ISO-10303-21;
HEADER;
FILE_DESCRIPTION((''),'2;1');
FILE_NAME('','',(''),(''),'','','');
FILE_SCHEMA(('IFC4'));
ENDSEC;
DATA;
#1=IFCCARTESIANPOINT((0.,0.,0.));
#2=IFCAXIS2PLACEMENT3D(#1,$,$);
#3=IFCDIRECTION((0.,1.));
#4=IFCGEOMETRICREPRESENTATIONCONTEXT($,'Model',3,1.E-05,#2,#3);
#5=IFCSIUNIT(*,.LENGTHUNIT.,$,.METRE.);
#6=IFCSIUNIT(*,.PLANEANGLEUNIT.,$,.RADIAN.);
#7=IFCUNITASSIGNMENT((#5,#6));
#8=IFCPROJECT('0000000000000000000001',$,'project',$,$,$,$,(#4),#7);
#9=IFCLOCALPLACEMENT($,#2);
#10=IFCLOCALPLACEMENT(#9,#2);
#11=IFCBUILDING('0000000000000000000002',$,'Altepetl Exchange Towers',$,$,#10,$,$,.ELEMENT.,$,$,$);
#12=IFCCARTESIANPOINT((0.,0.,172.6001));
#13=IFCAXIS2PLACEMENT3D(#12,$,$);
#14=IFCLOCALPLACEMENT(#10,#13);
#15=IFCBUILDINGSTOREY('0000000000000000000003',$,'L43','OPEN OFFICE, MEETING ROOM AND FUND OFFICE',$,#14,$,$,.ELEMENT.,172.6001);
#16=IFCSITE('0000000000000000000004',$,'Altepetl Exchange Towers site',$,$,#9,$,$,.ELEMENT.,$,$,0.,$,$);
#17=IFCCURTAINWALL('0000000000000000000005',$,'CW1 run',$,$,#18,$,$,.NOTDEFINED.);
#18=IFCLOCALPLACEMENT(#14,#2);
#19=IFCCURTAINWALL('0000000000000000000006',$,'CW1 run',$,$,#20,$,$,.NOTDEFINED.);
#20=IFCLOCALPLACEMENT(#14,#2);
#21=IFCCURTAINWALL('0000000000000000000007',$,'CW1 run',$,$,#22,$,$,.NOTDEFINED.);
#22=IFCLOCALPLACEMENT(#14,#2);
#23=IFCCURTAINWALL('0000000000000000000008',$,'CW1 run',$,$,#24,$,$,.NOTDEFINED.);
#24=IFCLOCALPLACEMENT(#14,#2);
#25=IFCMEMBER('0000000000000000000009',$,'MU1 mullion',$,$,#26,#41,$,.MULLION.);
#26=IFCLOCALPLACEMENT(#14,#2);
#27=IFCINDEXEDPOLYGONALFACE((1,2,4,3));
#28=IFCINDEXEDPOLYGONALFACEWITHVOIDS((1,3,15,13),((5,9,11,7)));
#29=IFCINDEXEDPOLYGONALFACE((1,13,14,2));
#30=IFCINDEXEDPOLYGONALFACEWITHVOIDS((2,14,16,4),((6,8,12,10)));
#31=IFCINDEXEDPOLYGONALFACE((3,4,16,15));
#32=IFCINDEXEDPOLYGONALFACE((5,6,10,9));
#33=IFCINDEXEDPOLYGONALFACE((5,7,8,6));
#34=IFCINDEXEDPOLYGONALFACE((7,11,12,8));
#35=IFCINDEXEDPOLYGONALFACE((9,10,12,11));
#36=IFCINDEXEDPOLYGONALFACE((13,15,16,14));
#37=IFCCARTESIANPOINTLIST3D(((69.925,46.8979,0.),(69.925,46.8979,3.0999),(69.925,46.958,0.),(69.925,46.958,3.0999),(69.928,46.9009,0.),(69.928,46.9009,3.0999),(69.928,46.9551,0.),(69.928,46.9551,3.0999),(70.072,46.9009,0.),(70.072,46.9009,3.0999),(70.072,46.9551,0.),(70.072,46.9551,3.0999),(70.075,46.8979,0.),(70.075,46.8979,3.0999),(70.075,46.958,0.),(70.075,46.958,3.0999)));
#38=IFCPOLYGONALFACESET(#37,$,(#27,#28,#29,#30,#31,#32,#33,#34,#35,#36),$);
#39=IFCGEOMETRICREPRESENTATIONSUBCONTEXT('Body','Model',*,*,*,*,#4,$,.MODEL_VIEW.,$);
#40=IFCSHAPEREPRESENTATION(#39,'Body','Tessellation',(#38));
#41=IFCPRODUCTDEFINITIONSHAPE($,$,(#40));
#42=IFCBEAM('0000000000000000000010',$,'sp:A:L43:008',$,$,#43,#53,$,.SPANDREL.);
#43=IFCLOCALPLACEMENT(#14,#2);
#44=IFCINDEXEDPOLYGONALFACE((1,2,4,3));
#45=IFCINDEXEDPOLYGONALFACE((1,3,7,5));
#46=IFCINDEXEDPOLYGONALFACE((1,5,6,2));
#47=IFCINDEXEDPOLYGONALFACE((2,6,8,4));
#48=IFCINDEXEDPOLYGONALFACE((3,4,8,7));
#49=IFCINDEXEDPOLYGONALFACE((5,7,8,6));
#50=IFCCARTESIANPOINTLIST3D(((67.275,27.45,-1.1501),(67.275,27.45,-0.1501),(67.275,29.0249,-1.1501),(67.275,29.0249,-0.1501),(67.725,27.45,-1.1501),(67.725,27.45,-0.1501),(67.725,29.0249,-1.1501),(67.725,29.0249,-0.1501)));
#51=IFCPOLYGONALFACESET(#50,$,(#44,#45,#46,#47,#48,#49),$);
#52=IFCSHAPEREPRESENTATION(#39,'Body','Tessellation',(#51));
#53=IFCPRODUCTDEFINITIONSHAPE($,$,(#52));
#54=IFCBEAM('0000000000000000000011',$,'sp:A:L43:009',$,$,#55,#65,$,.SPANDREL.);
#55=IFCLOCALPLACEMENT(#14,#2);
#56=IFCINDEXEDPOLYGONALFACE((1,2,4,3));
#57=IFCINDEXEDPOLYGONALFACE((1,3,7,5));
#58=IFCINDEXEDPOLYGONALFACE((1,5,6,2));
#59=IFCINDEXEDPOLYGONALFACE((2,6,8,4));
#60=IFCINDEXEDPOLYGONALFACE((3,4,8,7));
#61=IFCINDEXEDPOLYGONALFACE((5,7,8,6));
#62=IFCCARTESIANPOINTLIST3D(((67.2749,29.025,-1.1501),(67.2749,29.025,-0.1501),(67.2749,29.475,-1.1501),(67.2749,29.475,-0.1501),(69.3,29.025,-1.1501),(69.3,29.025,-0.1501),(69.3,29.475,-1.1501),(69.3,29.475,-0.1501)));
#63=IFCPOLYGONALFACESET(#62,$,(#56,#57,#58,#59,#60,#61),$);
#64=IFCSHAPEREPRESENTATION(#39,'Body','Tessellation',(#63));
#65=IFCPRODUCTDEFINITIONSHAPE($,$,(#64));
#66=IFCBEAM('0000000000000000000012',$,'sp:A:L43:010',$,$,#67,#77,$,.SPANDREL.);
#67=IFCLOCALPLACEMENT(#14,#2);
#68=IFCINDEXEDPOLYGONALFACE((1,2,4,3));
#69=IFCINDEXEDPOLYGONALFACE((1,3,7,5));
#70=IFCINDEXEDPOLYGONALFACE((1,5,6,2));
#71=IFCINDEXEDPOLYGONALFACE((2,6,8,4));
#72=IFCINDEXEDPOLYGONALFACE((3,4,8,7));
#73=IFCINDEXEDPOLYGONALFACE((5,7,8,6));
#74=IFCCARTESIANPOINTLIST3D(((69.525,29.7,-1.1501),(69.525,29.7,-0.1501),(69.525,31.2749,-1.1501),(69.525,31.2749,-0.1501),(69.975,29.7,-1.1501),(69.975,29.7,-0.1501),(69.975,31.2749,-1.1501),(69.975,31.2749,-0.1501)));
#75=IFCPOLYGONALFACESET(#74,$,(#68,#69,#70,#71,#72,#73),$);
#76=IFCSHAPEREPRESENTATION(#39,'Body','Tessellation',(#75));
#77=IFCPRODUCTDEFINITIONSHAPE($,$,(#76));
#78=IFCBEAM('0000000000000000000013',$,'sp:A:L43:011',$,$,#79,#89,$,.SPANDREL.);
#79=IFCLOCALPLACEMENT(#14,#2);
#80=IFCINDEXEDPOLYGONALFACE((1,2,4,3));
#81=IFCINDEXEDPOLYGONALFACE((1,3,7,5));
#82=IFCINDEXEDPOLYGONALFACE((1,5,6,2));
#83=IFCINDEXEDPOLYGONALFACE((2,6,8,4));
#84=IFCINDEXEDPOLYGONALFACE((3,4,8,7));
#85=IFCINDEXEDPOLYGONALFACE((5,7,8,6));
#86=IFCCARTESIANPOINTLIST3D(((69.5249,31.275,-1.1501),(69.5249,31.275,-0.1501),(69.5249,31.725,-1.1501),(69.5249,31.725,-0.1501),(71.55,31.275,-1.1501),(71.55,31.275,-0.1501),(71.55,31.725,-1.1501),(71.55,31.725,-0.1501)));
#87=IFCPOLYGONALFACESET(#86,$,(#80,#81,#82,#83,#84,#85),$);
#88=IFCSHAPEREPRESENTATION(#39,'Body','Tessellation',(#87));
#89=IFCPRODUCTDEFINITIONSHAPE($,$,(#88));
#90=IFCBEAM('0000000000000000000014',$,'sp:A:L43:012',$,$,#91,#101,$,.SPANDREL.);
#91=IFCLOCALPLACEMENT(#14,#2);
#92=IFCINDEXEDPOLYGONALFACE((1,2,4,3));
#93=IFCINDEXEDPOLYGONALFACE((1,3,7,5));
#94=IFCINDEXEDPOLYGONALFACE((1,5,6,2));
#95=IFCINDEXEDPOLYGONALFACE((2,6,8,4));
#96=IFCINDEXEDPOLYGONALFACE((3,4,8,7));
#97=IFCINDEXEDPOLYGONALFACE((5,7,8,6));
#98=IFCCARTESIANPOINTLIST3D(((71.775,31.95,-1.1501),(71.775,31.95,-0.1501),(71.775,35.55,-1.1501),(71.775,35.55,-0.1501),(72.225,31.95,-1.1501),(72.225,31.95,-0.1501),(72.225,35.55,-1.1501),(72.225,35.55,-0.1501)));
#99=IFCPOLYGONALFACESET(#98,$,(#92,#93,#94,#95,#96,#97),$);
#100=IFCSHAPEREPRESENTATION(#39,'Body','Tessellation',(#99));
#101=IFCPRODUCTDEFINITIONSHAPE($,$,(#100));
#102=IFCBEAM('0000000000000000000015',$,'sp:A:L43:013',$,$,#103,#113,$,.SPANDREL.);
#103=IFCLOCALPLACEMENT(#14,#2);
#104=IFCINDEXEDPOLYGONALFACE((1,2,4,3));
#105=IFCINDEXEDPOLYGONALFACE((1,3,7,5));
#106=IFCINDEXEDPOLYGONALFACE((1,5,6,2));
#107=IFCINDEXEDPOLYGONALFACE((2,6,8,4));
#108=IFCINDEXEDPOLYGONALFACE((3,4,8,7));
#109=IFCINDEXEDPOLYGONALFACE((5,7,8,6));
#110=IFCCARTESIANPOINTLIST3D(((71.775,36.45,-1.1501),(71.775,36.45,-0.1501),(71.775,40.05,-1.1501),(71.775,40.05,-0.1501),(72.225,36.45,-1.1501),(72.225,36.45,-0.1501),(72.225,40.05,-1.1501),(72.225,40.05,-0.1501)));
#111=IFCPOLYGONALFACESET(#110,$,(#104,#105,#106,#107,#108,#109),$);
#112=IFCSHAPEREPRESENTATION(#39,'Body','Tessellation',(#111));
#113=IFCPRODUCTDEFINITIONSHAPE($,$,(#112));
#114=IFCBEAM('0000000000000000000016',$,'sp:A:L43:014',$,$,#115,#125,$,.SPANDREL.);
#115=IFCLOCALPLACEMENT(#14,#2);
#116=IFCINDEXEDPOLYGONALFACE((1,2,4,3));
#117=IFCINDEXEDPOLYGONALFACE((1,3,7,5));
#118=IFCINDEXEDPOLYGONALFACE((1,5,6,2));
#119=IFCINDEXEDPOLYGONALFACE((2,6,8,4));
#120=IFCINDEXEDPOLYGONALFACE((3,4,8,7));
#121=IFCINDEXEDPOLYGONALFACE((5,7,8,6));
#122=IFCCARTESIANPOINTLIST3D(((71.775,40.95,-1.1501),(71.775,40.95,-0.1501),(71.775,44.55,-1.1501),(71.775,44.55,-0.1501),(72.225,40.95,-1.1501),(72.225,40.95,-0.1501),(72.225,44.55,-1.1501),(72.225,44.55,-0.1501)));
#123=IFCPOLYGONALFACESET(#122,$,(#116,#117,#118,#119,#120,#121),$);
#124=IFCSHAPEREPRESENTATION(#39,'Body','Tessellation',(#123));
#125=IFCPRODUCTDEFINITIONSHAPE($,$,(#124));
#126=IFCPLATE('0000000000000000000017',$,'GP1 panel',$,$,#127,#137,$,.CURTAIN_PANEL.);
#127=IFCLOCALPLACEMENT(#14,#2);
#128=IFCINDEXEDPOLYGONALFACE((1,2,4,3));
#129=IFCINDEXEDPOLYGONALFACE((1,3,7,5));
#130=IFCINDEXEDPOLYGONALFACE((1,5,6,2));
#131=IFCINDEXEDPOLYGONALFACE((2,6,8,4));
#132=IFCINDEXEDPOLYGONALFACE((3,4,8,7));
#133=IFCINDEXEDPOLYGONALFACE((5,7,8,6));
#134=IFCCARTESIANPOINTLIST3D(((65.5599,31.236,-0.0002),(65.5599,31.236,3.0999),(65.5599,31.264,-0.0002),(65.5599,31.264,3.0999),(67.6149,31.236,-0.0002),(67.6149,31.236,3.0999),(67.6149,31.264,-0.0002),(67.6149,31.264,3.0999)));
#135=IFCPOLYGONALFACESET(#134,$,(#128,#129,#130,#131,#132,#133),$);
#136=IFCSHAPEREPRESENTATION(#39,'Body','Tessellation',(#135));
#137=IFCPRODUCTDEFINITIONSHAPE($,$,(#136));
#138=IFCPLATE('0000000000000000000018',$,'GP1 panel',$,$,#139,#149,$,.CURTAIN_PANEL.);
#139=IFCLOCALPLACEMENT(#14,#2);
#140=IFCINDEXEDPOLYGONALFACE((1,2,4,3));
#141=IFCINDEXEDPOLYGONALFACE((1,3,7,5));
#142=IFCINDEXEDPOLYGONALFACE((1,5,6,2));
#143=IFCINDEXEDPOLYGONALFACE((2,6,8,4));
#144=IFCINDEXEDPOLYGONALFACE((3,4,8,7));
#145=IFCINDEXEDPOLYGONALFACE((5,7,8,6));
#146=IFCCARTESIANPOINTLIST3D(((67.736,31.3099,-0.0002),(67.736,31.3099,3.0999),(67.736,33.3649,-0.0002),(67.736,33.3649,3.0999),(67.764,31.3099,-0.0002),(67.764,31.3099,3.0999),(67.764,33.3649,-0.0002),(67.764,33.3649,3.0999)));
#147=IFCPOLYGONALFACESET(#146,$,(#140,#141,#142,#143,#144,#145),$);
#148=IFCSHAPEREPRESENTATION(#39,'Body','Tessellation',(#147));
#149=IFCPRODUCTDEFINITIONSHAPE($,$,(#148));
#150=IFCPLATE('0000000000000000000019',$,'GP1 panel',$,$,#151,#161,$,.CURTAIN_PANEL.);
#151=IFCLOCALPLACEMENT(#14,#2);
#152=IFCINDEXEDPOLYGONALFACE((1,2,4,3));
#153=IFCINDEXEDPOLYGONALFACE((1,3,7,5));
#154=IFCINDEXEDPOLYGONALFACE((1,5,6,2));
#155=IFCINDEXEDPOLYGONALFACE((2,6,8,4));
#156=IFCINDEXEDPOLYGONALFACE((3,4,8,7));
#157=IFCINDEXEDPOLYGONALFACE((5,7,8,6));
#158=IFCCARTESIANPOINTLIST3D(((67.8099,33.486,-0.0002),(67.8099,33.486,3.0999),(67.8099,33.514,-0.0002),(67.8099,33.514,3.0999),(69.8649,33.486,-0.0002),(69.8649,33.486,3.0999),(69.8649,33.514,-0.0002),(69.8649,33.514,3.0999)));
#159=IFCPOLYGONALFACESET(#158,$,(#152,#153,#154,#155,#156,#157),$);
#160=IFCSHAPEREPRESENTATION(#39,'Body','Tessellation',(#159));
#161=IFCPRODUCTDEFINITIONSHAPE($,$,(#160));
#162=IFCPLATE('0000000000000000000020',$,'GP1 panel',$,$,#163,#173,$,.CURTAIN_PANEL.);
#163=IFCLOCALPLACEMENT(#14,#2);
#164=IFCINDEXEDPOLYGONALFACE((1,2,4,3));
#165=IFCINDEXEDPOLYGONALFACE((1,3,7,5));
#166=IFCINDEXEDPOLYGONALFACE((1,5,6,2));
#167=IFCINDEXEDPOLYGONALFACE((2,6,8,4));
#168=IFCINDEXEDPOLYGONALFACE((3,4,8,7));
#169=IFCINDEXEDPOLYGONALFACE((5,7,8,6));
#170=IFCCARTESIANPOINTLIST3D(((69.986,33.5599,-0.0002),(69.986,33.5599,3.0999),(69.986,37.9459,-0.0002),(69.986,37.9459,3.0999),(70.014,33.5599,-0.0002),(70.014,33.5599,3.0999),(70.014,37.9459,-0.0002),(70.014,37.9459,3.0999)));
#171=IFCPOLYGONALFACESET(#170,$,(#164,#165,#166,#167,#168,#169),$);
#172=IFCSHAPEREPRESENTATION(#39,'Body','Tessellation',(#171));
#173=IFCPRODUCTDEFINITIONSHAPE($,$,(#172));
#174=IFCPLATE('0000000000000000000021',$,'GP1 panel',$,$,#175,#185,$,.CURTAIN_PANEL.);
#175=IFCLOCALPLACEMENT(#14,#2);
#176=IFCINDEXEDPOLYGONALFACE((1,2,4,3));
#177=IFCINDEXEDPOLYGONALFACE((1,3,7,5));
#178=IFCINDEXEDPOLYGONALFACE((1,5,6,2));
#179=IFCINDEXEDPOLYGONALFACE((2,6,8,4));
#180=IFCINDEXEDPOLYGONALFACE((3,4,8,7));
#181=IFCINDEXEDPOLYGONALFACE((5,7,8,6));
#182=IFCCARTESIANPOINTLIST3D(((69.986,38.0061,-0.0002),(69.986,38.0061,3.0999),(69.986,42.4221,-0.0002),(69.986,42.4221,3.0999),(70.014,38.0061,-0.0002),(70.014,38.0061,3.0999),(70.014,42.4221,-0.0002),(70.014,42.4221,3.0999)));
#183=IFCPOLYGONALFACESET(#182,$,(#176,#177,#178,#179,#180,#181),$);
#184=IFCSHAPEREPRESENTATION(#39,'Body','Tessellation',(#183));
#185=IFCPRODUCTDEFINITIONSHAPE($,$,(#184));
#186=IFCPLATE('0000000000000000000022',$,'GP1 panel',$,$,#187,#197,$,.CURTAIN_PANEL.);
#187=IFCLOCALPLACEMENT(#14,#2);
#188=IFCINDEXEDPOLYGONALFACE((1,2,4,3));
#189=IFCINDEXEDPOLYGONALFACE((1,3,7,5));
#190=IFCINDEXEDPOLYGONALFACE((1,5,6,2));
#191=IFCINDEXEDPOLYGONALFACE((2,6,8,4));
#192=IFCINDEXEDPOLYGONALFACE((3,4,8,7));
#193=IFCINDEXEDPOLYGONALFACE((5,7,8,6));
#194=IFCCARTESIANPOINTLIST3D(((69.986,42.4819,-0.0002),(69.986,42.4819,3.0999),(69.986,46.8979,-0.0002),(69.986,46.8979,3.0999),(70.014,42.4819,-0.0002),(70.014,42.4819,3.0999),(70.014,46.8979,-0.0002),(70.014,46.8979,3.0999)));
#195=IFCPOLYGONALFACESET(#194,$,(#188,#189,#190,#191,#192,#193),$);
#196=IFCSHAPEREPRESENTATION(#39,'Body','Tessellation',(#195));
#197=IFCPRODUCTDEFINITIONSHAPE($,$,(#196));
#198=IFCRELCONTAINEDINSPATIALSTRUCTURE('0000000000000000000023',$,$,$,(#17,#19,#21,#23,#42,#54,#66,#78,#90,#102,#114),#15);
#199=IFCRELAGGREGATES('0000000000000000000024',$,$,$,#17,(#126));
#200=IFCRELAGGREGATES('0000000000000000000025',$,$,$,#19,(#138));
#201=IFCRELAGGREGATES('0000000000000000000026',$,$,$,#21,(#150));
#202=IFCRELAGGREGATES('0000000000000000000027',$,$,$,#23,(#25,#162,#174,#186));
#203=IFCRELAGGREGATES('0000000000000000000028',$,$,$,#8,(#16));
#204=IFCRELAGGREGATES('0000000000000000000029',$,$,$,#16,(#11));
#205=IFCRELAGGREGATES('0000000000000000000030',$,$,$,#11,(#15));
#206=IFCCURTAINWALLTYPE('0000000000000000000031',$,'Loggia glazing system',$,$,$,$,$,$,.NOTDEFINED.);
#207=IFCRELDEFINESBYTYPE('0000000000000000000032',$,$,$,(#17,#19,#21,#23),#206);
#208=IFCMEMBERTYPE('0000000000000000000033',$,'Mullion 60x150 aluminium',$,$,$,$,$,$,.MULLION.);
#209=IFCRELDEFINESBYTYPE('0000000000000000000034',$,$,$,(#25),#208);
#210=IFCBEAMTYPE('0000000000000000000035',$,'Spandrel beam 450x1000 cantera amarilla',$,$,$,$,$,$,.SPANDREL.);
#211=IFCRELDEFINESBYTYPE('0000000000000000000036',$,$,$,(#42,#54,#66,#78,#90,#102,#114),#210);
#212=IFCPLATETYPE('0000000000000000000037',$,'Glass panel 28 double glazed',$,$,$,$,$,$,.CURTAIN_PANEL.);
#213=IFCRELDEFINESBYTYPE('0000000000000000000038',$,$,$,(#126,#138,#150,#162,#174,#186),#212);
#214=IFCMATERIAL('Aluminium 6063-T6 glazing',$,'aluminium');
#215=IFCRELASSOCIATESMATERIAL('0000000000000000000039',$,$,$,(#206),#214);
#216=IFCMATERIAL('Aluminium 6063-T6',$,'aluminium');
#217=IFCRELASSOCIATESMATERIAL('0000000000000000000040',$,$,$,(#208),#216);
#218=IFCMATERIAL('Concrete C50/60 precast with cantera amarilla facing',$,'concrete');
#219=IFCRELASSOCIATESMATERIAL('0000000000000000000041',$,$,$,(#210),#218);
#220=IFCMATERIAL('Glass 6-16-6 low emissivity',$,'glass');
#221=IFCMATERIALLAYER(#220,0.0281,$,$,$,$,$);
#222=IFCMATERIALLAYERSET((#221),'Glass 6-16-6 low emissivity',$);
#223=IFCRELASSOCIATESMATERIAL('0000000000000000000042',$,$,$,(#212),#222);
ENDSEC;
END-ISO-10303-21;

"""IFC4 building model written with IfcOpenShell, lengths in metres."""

from ifc_helpers import new_model, si_unit, direction, frame, origin, origin_2d, place, context, subcontext, project, spatial, rectangle, hollow_rectangle, extrude, material, layer, layer_set, material_profile, profile_set, type_object, element, aggregate, save


model = new_model("IFC4")

# Units and contexts
model_context = context("Model", 3, precision=1e-05, world=origin(), true_north=direction((0.0, 1.0)))
body_context = subcontext(model_context, "Body", "Model", "MODEL_VIEW")
ifc_project = project(units=[si_unit("LENGTHUNIT", "METRE"), si_unit("PLANEANGLEUNIT", "RADIAN")], contexts=[model_context])

# Site, building, storey
site_placement = place(None, origin())
site = spatial("IfcSite", under=ifc_project, at=site_placement, Name="Altepetl Exchange Towers site", CompositionType="ELEMENT", RefElevation=0.0)
building_placement = place(site_placement, origin())
building = spatial("IfcBuilding", under=site, at=building_placement, Name="Altepetl Exchange Towers", CompositionType="ELEMENT")
storey_placement = place(building_placement, frame((0.0, 0.0, 172.6001)))
storey = spatial("IfcBuildingStorey", under=building, at=storey_placement, Name="L43", Description="OPEN OFFICE, MEETING ROOM AND FUND OFFICE", CompositionType="ELEMENT", Elevation=172.6001)

# Curtain wall
ifc_material_1 = material(Name="Aluminium 6063-T6 glazing", Category="aluminium")
curtain_wall_type = type_object("IfcCurtainWallType", Name="Loggia glazing system", PredefinedType="NOTDEFINED", material=ifc_material_1)
curtain_wall_1_placement = place(storey_placement, origin())
curtain_wall_1 = element("IfcCurtainWall", 1, at=curtain_wall_1_placement, inside=storey, type_object=curtain_wall_type, Name="CW1 run", PredefinedType="NOTDEFINED")
ifc_material_2 = material(Name="Aluminium 6063-T6", Category="aluminium")
ifc_material_profile_1 = material_profile(ifc_material_2, hollow_rectangle(XDim=0.0601, YDim=0.1499, WallThickness=0.0029, at=origin_2d()), Name="Mullion 60x150 aluminium")
ifc_profile_set_1 = profile_set([ifc_material_profile_1], Name="Aluminium 6063-T6")
member_type = type_object("IfcMemberType", Name="Mullion 60x150 aluminium", PredefinedType="MULLION", material=ifc_profile_set_1)

# Curtain walls, member
curtain_wall_2_placement = place(storey_placement, origin())
curtain_wall_2 = element("IfcCurtainWall", 2, at=curtain_wall_2_placement, inside=storey, type_object=curtain_wall_type, Name="CW1 run", PredefinedType="NOTDEFINED")
curtain_wall_3_placement = place(storey_placement, origin())
curtain_wall_3 = element("IfcCurtainWall", 3, at=curtain_wall_3_placement, inside=storey, type_object=curtain_wall_type, Name="CW1 run", PredefinedType="NOTDEFINED")
curtain_wall_4_placement = place(storey_placement, origin())
curtain_wall_4 = element("IfcCurtainWall", 4, at=curtain_wall_4_placement, inside=storey, type_object=curtain_wall_type, Name="CW1 run", PredefinedType="NOTDEFINED")
member_1_placement = place(storey_placement, frame((70.0, 46.928, 0.0), z_axis=(0.0, 0.0, 1.0), x_axis=(0.0, 1.0, 0.0)))
member_1 = element("IfcMember", 5, at=member_1_placement, type_object=member_type, Name="MU1 mullion", PredefinedType="MULLION", context=body_context, shape_type="SweptSolid", body=[
    extrude(hollow_rectangle(XDim=0.0601, YDim=0.1499, WallThickness=0.0029, at=origin_2d()), origin(), (0.0, 0.0, 1.0), 3.0999),
])

# Beams
ifc_material_3 = material(Name="Concrete C50/60 precast with cantera amarilla facing", Category="concrete")
ifc_material_profile_2 = material_profile(ifc_material_3, rectangle(XDim=0.45, YDim=1.0, at=origin_2d()), Name="450 x 1000")
ifc_profile_set_2 = profile_set([ifc_material_profile_2], Name="Concrete C50/60 precast with cantera amarilla facing")
beam_type = type_object("IfcBeamType", Name="Spandrel beam 450x1000 cantera amarilla", PredefinedType="SPANDREL", material=ifc_profile_set_2)
beam_1_placement = place(storey_placement, frame((67.5, 27.45, -0.6501), z_axis=(0.0, 1.0, 0.0), x_axis=(-1.0, 0.0, 0.0)))
element("IfcBeam", 6, at=beam_1_placement, inside=storey, type_object=beam_type, Name="sp:A:L43:008", PredefinedType="SPANDREL", context=body_context, shape_type="SweptSolid", body=[
    extrude(rectangle(XDim=0.45, YDim=1.0, at=origin_2d()), origin(), (0.0, 0.0, 1.0), 1.575),
])
beam_2_placement = place(storey_placement, frame((67.2749, 29.25, -0.6501), z_axis=(1.0, 0.0, 0.0), x_axis=(0.0, 1.0, 0.0)))
element("IfcBeam", 7, at=beam_2_placement, inside=storey, type_object=beam_type, Name="sp:A:L43:009", PredefinedType="SPANDREL", context=body_context, shape_type="SweptSolid", body=[
    extrude(rectangle(XDim=0.45, YDim=1.0, at=origin_2d()), origin(), (0.0, 0.0, 1.0), 2.0251),
])
beam_3_placement = place(storey_placement, frame((69.75, 29.7, -0.6501), z_axis=(0.0, 1.0, 0.0), x_axis=(-1.0, 0.0, 0.0)))
element("IfcBeam", 8, at=beam_3_placement, inside=storey, type_object=beam_type, Name="sp:A:L43:010", PredefinedType="SPANDREL", context=body_context, shape_type="SweptSolid", body=[
    extrude(rectangle(XDim=0.45, YDim=1.0, at=origin_2d()), origin(), (0.0, 0.0, 1.0), 1.575),
])
beam_4_placement = place(storey_placement, frame((69.5249, 31.5, -0.6501), z_axis=(1.0, 0.0, 0.0), x_axis=(0.0, 1.0, 0.0)))
element("IfcBeam", 9, at=beam_4_placement, inside=storey, type_object=beam_type, Name="sp:A:L43:011", PredefinedType="SPANDREL", context=body_context, shape_type="SweptSolid", body=[
    extrude(rectangle(XDim=0.45, YDim=1.0, at=origin_2d()), origin(), (0.0, 0.0, 1.0), 2.0251),
])
for number, where, z_axis, x_axis, name in (
    (10, (72.0, 31.95, -0.6501), (0.0, 1.0, 0.0), (-1.0, 0.0, 0.0), "sp:A:L43:012"),
    (11, (72.0, 36.45, -0.6501), (0.0, 1.0, 0.0), (-1.0, 0.0, 0.0), "sp:A:L43:013"),
    (12, (72.0, 40.95, -0.6501), (0.0, 1.0, 0.0), (-1.0, 0.0, 0.0), "sp:A:L43:014"),
):
    element("IfcBeam", number, at=place(storey_placement, frame(where, z_axis=z_axis, x_axis=x_axis)), inside=storey, type_object=beam_type, Name=name, PredefinedType="SPANDREL", context=body_context, shape_type="SweptSolid", body=[
        extrude(rectangle(XDim=0.45, YDim=1.0, at=origin_2d()), origin(), (0.0, 0.0, 1.0), 3.6001),
    ])

# Plates
ifc_material_4 = material(Name="Glass 6-16-6 low emissivity", Category="glass")
ifc_layer = layer(ifc_material_4, 0.0281)
ifc_layer_set = layer_set([ifc_layer], Name="Glass 6-16-6 low emissivity")
plate_type = type_object("IfcPlateType", Name="Glass panel 28 double glazed", PredefinedType="CURTAIN_PANEL", material=ifc_layer_set)
plate_1_placement = place(storey_placement, frame((66.5874, 31.25, -0.0002)))
plate_1 = element("IfcPlate", 13, at=plate_1_placement, type_object=plate_type, Name="GP1 panel", PredefinedType="CURTAIN_PANEL", context=body_context, shape_type="SweptSolid", body=[
    extrude(rectangle(XDim=2.0549, YDim=0.0281, at=origin_2d()), origin(), (0.0, 0.0, 1.0), 3.1001),
])
aggregate(curtain_wall_1, [plate_1])
plate_2_placement = place(storey_placement, frame((67.75, 32.3374, -0.0002), z_axis=(0.0, 0.0, 1.0), x_axis=(0.0, 1.0, 0.0)))
plate_2 = element("IfcPlate", 14, at=plate_2_placement, type_object=plate_type, Name="GP1 panel", PredefinedType="CURTAIN_PANEL", context=body_context, shape_type="SweptSolid", body=[
    extrude(rectangle(XDim=2.0549, YDim=0.0281, at=origin_2d()), origin(), (0.0, 0.0, 1.0), 3.1001),
])
aggregate(curtain_wall_2, [plate_2])
plate_3_placement = place(storey_placement, frame((68.8374, 33.5, -0.0002)))
plate_3 = element("IfcPlate", 15, at=plate_3_placement, type_object=plate_type, Name="GP1 panel", PredefinedType="CURTAIN_PANEL", context=body_context, shape_type="SweptSolid", body=[
    extrude(rectangle(XDim=2.0549, YDim=0.0281, at=origin_2d()), origin(), (0.0, 0.0, 1.0), 3.1001),
])
aggregate(curtain_wall_3, [plate_3])
plate_4_placement = place(storey_placement, frame((70.0, 35.7529, -0.0002), z_axis=(0.0, 0.0, 1.0), x_axis=(0.0, 1.0, 0.0)))
plate_4 = element("IfcPlate", 16, at=plate_4_placement, type_object=plate_type, Name="GP1 panel", PredefinedType="CURTAIN_PANEL", context=body_context, shape_type="SweptSolid", body=[
    extrude(rectangle(XDim=4.386, YDim=0.0281, at=origin_2d()), origin(), (0.0, 0.0, 1.0), 3.1001),
])
plate_5_placement = place(storey_placement, frame((70.0, 40.2141, -0.0002), z_axis=(0.0, 0.0, 1.0), x_axis=(0.0, 1.0, 0.0)))
plate_5 = element("IfcPlate", 17, at=plate_5_placement, type_object=plate_type, Name="GP1 panel", PredefinedType="CURTAIN_PANEL", context=body_context, shape_type="SweptSolid", body=[
    extrude(rectangle(XDim=4.416, YDim=0.0281, at=origin_2d()), origin(), (0.0, 0.0, 1.0), 3.1001),
])
plate_6_placement = place(storey_placement, frame((70.0, 44.6899, -0.0002), z_axis=(0.0, 0.0, 1.0), x_axis=(0.0, 1.0, 0.0)))
plate_6 = element("IfcPlate", 18, at=plate_6_placement, type_object=plate_type, Name="GP1 panel", PredefinedType="CURTAIN_PANEL", context=body_context, shape_type="SweptSolid", body=[
    extrude(rectangle(XDim=4.416, YDim=0.0281, at=origin_2d()), origin(), (0.0, 0.0, 1.0), 3.1001),
])
aggregate(curtain_wall_4, [member_1, plate_4, plate_5, plate_6])

save(model, "model.ifc")
